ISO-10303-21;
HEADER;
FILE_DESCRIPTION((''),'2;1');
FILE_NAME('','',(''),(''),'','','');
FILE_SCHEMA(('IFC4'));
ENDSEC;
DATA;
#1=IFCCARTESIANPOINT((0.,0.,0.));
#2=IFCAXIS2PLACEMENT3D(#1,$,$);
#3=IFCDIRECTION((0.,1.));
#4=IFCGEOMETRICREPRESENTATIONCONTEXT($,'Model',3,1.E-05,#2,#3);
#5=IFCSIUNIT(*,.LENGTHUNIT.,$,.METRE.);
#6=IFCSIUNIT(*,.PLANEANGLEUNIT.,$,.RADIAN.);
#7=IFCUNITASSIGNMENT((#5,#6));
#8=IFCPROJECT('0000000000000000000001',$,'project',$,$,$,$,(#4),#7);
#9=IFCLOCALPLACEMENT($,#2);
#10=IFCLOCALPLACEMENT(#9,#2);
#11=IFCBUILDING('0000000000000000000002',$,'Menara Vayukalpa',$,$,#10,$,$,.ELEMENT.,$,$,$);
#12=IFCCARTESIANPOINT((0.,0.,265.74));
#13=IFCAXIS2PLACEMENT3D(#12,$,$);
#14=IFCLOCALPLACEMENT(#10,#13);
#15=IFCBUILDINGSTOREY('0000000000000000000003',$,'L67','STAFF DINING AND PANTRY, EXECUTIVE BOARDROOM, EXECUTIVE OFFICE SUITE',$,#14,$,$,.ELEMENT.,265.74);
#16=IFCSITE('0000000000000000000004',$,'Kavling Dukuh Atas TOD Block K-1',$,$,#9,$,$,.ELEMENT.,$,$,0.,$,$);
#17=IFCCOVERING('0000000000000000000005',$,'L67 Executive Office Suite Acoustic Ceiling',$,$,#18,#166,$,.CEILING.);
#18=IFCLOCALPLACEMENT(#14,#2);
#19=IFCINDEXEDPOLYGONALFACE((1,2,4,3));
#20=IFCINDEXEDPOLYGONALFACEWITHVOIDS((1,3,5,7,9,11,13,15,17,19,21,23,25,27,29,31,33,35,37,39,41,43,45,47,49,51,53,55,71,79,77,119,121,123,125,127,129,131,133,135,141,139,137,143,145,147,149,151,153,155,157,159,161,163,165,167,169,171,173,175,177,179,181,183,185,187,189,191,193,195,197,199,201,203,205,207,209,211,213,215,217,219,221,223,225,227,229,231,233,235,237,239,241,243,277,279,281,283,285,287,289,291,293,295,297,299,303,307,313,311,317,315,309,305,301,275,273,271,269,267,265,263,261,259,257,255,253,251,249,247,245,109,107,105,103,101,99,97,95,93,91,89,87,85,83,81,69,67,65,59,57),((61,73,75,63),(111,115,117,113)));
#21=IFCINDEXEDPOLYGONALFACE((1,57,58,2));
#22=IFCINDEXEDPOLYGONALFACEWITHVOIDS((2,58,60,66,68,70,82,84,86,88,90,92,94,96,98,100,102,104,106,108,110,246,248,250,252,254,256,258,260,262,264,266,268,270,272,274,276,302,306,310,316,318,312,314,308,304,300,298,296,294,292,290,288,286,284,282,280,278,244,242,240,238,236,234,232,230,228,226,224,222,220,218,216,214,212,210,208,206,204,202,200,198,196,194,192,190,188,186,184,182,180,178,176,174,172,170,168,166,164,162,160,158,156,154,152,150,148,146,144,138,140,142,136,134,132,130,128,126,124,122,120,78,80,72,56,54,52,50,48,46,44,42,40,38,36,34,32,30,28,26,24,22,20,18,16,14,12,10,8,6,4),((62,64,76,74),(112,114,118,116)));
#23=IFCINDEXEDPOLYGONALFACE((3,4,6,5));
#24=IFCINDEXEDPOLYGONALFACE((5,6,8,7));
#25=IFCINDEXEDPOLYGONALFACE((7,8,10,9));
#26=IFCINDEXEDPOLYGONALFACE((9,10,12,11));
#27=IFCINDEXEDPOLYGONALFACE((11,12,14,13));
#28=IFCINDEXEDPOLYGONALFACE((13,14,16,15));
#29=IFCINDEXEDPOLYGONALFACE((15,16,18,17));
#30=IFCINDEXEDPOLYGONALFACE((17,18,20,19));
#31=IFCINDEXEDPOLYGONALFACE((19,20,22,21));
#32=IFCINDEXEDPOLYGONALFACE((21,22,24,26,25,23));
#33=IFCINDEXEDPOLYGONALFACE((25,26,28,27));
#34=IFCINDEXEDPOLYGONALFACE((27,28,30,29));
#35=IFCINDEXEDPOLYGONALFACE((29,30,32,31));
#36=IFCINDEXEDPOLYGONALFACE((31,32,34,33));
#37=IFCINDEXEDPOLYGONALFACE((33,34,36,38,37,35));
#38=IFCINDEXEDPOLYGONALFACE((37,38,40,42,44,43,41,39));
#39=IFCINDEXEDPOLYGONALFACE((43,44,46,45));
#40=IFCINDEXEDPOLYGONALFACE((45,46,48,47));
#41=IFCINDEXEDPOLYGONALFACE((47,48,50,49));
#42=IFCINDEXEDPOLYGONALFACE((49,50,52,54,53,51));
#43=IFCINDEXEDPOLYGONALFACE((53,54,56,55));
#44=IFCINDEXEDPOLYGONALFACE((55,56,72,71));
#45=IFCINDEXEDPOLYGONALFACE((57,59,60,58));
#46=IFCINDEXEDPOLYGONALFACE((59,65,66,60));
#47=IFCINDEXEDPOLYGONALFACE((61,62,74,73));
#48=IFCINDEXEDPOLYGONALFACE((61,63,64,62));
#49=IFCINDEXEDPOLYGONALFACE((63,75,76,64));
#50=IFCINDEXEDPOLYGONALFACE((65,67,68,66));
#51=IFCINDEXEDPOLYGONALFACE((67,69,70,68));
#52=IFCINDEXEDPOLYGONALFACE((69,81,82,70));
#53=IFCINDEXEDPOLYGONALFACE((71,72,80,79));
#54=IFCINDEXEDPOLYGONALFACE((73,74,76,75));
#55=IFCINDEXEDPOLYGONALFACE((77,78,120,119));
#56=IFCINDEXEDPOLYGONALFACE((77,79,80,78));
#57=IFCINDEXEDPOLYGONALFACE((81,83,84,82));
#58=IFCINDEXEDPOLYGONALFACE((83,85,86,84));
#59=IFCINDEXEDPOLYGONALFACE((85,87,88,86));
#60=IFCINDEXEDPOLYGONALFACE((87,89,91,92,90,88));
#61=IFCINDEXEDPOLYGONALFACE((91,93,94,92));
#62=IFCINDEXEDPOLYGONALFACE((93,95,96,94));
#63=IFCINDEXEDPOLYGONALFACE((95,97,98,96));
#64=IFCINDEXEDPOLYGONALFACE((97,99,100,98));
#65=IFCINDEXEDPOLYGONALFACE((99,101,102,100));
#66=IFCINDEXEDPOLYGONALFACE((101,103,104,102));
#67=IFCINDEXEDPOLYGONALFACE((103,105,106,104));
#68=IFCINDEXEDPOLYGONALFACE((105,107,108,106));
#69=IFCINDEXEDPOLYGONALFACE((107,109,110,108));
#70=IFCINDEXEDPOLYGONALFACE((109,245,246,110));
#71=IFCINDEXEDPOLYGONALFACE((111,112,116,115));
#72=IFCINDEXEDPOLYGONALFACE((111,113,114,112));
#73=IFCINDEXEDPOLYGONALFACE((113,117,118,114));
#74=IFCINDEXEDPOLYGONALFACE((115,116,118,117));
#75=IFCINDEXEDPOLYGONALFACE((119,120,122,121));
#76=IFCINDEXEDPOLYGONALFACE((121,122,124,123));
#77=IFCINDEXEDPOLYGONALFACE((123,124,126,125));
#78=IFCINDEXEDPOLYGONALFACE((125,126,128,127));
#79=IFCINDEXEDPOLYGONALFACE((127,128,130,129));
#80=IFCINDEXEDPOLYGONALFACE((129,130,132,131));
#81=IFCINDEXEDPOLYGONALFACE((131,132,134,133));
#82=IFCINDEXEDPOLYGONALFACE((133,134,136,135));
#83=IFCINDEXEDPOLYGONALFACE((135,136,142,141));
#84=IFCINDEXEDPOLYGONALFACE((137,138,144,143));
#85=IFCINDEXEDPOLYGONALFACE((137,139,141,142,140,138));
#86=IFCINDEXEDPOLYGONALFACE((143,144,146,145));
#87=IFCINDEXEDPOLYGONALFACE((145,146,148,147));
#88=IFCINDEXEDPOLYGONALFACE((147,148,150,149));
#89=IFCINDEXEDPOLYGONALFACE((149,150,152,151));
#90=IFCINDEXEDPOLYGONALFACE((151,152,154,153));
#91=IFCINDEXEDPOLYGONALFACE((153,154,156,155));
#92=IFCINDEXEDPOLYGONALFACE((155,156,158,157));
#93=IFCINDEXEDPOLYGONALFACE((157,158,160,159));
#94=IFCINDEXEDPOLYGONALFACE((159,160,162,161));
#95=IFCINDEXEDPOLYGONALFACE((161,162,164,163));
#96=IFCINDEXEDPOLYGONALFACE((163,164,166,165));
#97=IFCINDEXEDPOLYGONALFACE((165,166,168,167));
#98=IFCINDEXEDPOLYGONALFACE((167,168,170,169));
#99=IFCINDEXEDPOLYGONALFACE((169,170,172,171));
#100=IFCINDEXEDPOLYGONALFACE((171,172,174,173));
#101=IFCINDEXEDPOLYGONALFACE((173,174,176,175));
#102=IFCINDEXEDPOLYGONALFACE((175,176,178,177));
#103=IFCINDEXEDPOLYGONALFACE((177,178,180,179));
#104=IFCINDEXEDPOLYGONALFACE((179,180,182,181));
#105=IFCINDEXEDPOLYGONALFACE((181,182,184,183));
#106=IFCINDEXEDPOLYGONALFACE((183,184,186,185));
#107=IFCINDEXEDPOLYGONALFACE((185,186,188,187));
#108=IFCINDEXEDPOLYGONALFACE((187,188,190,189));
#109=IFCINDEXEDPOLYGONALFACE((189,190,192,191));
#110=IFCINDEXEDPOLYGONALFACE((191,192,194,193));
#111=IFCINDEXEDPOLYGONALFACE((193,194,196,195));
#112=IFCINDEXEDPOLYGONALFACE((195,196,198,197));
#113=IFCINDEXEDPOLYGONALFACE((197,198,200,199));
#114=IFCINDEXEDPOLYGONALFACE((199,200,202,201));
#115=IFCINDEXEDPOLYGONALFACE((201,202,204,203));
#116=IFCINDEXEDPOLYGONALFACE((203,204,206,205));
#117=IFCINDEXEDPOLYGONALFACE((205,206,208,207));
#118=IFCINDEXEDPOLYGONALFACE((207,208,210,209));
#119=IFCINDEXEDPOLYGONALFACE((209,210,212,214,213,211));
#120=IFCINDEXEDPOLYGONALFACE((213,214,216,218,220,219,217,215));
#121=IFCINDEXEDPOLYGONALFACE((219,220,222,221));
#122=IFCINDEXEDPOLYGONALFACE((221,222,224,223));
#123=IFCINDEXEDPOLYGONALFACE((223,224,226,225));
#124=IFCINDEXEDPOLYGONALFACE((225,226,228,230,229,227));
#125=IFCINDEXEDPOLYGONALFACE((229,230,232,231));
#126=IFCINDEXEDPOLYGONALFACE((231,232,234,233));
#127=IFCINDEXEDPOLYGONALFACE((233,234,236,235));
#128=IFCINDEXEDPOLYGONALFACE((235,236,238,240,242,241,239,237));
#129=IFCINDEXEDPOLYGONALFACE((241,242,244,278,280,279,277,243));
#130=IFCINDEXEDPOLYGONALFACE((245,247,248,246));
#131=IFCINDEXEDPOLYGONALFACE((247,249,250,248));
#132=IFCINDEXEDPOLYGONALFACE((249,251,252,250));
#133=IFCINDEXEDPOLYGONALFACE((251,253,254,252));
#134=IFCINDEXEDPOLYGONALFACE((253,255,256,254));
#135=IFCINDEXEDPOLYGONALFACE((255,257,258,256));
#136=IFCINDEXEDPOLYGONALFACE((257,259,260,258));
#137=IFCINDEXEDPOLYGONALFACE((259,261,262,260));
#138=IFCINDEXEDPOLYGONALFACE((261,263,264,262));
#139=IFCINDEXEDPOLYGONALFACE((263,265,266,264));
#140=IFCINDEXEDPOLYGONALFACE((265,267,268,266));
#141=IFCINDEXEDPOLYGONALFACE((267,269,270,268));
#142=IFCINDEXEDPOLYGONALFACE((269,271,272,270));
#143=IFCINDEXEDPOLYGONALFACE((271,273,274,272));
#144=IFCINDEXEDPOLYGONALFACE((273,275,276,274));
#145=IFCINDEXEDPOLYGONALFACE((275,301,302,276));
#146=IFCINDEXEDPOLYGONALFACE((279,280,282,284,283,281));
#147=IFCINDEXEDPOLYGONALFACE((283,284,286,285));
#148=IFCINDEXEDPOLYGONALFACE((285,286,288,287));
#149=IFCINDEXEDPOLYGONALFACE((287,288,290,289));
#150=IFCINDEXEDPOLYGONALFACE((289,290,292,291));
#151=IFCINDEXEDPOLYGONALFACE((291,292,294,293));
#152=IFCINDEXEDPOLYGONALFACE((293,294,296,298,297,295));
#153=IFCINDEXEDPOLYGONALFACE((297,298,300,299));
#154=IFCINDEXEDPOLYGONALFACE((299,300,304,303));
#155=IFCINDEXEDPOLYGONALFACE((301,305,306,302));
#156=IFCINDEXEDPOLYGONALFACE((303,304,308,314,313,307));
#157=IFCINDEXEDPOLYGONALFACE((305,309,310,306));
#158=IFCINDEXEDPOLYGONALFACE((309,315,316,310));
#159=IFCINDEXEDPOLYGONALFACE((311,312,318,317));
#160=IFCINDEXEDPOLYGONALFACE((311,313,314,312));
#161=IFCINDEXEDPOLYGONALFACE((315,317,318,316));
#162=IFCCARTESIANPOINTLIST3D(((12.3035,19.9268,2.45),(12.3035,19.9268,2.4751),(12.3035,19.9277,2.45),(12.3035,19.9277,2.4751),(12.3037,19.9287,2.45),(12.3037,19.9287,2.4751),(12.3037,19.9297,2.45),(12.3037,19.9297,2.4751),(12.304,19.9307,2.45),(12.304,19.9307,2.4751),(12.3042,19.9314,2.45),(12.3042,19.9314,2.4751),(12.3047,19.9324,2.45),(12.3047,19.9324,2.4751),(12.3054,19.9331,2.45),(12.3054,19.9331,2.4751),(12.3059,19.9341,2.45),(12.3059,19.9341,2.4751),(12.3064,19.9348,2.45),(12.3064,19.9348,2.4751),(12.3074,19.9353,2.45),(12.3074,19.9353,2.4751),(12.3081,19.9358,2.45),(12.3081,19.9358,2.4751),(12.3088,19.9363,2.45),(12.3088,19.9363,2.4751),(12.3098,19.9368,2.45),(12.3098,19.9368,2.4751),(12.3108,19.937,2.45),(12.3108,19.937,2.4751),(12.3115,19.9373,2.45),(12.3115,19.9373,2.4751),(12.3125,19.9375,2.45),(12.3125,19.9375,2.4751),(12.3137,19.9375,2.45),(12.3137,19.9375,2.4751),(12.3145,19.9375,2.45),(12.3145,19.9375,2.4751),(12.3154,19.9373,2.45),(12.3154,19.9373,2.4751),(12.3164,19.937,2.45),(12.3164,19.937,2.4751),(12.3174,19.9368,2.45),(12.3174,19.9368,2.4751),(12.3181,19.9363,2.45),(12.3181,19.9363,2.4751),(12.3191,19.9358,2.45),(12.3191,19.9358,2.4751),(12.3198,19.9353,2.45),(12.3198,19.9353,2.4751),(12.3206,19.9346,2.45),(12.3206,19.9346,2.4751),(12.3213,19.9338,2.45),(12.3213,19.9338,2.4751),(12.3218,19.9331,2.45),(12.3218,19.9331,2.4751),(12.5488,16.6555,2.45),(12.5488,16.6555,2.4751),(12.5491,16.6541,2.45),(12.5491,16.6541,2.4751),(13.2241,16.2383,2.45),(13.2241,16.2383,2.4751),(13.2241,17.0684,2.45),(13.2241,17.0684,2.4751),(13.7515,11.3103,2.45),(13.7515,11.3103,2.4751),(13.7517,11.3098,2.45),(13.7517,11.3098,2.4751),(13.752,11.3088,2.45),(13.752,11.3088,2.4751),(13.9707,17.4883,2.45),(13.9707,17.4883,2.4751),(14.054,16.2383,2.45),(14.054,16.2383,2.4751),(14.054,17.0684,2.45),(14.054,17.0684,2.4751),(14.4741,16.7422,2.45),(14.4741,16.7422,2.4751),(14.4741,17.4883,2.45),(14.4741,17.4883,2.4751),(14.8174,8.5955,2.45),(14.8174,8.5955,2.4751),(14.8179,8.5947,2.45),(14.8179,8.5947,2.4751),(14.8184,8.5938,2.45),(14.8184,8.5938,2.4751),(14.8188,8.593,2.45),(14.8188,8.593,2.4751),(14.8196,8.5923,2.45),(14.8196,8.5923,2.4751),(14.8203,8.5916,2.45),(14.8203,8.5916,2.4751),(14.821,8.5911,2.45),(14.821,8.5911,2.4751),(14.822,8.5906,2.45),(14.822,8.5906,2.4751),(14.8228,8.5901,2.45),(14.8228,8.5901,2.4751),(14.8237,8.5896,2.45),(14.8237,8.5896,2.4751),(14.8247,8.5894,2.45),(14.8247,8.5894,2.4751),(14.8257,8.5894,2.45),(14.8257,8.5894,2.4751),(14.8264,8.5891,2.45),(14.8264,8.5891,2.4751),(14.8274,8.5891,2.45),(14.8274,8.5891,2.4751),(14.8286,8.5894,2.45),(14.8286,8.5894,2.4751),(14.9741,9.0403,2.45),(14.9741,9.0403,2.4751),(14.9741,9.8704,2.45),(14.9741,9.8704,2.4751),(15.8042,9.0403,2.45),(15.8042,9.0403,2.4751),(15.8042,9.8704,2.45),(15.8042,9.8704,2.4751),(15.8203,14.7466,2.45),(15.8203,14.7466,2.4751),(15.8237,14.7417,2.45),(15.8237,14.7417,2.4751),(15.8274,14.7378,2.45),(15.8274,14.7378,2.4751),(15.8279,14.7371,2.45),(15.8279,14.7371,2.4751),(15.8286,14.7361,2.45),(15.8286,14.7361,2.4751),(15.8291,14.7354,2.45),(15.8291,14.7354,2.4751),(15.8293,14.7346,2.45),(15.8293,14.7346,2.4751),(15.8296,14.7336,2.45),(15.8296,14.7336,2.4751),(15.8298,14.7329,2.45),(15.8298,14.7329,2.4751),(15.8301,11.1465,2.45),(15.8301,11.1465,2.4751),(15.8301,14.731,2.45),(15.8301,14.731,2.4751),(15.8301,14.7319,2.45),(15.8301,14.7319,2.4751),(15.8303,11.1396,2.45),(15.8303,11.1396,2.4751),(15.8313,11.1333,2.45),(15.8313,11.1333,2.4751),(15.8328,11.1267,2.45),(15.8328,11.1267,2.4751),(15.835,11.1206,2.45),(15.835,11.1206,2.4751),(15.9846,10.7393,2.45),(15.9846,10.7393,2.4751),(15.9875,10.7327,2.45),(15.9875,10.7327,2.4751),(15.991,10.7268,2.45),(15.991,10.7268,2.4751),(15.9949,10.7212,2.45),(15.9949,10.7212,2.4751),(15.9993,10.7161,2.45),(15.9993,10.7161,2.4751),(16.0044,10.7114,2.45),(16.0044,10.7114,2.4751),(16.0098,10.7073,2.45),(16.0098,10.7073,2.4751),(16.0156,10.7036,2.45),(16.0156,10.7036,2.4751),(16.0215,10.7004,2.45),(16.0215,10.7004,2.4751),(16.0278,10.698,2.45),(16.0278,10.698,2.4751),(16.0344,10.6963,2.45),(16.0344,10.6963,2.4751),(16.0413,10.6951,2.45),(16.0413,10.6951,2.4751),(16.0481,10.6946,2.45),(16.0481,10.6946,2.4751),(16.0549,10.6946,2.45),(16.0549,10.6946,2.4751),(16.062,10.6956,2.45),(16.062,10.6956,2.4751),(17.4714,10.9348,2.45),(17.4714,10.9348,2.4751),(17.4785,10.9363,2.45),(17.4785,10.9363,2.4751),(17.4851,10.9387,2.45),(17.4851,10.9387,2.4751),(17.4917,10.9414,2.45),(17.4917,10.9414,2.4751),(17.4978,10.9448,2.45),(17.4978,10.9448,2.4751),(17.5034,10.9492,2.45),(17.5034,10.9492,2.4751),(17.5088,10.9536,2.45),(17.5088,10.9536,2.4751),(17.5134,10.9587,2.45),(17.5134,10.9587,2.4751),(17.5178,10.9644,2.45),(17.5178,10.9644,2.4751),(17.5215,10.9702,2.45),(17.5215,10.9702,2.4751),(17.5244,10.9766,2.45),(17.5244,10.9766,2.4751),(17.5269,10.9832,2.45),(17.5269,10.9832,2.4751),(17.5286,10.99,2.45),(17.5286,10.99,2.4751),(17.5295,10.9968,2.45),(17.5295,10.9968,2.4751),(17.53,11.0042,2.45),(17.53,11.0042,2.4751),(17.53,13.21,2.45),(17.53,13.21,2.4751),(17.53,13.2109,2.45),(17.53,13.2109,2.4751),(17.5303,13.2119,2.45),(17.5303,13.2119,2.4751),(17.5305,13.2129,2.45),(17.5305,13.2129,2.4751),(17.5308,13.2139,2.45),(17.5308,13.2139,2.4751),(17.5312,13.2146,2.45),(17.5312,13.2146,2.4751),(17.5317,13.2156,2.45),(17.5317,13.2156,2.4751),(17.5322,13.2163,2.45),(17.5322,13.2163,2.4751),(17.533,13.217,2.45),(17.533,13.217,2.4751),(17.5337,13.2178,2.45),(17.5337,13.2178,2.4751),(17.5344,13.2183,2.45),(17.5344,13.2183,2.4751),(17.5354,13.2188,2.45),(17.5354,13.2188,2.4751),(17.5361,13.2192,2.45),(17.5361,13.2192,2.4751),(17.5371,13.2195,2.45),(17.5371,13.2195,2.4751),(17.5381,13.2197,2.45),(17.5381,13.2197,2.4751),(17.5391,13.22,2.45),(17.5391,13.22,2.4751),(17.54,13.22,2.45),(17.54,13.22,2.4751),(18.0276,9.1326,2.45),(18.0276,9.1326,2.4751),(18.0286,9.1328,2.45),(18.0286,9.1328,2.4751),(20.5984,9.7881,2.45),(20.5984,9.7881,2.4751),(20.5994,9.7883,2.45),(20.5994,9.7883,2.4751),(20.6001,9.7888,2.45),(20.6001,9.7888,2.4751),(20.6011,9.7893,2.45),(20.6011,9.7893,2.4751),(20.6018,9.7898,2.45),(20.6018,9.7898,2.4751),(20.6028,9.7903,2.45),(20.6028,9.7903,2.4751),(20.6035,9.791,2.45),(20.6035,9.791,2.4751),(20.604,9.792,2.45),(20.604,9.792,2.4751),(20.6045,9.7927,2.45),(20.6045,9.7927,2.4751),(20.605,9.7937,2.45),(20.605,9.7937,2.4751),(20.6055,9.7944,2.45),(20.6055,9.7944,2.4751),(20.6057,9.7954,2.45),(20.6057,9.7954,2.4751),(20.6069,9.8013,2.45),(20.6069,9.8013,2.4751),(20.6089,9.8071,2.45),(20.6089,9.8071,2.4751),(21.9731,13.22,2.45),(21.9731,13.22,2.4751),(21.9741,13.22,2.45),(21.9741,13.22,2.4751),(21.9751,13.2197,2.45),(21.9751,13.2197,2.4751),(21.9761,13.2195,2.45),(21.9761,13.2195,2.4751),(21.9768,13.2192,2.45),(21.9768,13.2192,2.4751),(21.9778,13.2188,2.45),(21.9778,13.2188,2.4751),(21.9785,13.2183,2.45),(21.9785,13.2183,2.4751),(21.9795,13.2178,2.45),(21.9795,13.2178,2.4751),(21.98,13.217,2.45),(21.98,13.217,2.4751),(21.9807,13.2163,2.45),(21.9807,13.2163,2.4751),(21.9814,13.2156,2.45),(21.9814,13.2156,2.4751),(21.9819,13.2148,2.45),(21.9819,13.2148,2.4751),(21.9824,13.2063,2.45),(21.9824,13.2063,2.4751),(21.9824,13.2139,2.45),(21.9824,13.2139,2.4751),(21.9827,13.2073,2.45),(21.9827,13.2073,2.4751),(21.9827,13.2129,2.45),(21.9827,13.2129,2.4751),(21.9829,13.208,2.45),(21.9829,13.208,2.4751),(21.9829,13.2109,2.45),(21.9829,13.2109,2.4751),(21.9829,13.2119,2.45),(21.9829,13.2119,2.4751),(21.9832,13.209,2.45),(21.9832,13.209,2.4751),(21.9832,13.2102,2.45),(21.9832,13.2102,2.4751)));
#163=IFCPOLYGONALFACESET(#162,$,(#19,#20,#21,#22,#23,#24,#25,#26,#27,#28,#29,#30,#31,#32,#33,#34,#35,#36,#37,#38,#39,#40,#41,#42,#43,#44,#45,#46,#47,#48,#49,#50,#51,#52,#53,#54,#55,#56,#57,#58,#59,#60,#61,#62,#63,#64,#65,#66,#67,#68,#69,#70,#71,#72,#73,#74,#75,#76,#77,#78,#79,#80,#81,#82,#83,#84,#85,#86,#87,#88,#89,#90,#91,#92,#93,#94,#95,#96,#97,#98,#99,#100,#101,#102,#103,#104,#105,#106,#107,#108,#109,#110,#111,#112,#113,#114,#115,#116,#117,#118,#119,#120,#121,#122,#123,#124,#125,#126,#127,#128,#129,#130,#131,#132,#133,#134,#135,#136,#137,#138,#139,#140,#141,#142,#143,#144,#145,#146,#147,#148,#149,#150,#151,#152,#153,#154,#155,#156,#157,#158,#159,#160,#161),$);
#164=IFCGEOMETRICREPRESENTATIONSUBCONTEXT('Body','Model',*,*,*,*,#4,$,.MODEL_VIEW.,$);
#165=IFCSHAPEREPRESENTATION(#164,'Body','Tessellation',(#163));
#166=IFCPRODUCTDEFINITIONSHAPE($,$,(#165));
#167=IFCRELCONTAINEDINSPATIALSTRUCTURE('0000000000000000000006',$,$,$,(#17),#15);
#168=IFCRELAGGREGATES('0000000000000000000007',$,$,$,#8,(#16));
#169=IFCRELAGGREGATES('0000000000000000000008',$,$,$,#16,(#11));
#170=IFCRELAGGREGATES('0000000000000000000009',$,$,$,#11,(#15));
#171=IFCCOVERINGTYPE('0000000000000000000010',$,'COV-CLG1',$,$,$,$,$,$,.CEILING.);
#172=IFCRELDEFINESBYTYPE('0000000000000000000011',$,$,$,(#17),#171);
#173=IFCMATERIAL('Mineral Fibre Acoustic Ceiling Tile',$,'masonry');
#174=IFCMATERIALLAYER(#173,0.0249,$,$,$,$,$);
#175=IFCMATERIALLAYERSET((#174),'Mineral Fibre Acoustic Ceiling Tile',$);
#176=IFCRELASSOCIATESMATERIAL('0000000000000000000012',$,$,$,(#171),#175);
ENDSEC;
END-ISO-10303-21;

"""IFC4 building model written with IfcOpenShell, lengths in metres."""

from ifc_helpers import new_model, si_unit, direction, frame, origin, place, context, subcontext, project, spatial, polyline, outline, extrude, material, layer, layer_set, type_object, element, save


model = new_model("IFC4")

# Units and contexts
model_context = context("Model", 3, precision=1e-05, world=origin(), true_north=direction((0.0, 1.0)))
body_context = subcontext(model_context, "Body", "Model", "MODEL_VIEW")
ifc_project = project(units=[si_unit("LENGTHUNIT", "METRE"), si_unit("PLANEANGLEUNIT", "RADIAN")], contexts=[model_context])

# Site, building, storey
site_placement = place(None, origin())
site = spatial("IfcSite", under=ifc_project, at=site_placement, Name="Kavling Dukuh Atas TOD Block K-1", CompositionType="ELEMENT", RefElevation=0.0)
building_placement = place(site_placement, origin())
building = spatial("IfcBuilding", under=site, at=building_placement, Name="Menara Vayukalpa", CompositionType="ELEMENT")
storey_placement = place(building_placement, frame((0.0, 0.0, 265.74)))
storey = spatial("IfcBuildingStorey", under=building, at=storey_placement, Name="L67", Description="STAFF DINING AND PANTRY, EXECUTIVE BOARDROOM, EXECUTIVE OFFICE SUITE", CompositionType="ELEMENT", Elevation=265.74)

# Covering
ifc_material_1 = material(Name="Mineral Fibre Acoustic Ceiling Tile", Category="masonry")
ifc_layer_1 = layer(ifc_material_1, 0.0249)
ifc_layer_set_1 = layer_set([ifc_layer_1], Name="Mineral Fibre Acoustic Ceiling Tile")
covering_type_1 = type_object("IfcCoveringType", Name="COV-CLG1", PredefinedType="CEILING", material=ifc_layer_set_1)
covering_1_placement = place(storey_placement, frame((0.0, 0.0, 2.45)))
element("IfcCovering", 1, at=covering_1_placement, inside=storey, type_object=covering_type_1, Name="L67 Executive Office Suite Acoustic Ceiling", PredefinedType="CEILING", context=body_context, shape_type="SweptSolid", body=[
    extrude(outline(polyline([(14.8274, 8.5891), (14.8264, 8.5891), (14.8257, 8.5894), (14.8247, 8.5894), (14.8237, 8.5896), (14.8228, 8.5901), (14.822, 8.5906), (14.821, 8.5911), (14.8203, 8.5916), (14.8196, 8.5923), (14.8188, 8.593), (14.8184, 8.5938), (14.8179, 8.5947), (14.8174, 8.5955), (13.752, 11.3088), (13.7517, 11.3098), (13.7515, 11.3103), (12.5491, 16.6541), (12.5488, 16.6555), (12.3035, 19.9268), (12.3035, 19.9277), (12.3037, 19.9287), (12.3037, 19.9297), (12.304, 19.9307), (12.3042, 19.9314), (12.3047, 19.9324), (12.3054, 19.9331), (12.3059, 19.9341), (12.3064, 19.9348), (12.3074, 19.9353), (12.3081, 19.9358), (12.3088, 19.9363), (12.3098, 19.9368), (12.3108, 19.937), (12.3115, 19.9373), (12.3125, 19.9375), (12.3137, 19.9375), (12.3145, 19.9375), (12.3154, 19.9373), (12.3164, 19.937), (12.3174, 19.9368), (12.3181, 19.9363), (12.3191, 19.9358), (12.3198, 19.9353), (12.3206, 19.9346), (12.3213, 19.9338), (12.3218, 19.9331), (13.9707, 17.4883), (14.4741, 17.4883), (14.4741, 16.7422), (15.8203, 14.7466), (15.8237, 14.7417), (15.8274, 14.7378), (15.8279, 14.7371), (15.8286, 14.7361), (15.8291, 14.7354), (15.8293, 14.7346), (15.8296, 14.7336), (15.8298, 14.7329), (15.8301, 14.7319), (15.8301, 14.731), (15.8301, 11.1465), (15.8303, 11.1396), (15.8313, 11.1333), (15.8328, 11.1267), (15.835, 11.1206), (15.9846, 10.7393), (15.9875, 10.7327), (15.991, 10.7268), (15.9949, 10.7212), (15.9993, 10.7161), (16.0044, 10.7114), (16.0098, 10.7073), (16.0156, 10.7036), (16.0215, 10.7004), (16.0278, 10.698), (16.0344, 10.6963), (16.0413, 10.6951), (16.0481, 10.6946), (16.0549, 10.6946), (16.062, 10.6956), (17.4714, 10.9348), (17.4785, 10.9363), (17.4851, 10.9387), (17.4917, 10.9414), (17.4978, 10.9448), (17.5034, 10.9492), (17.5088, 10.9536), (17.5134, 10.9587), (17.5178, 10.9644), (17.5215, 10.9702), (17.5244, 10.9766), (17.5269, 10.9832), (17.5286, 10.99), (17.5295, 10.9968), (17.53, 11.0042), (17.53, 13.21), (17.53, 13.2109), (17.5303, 13.2119), (17.5305, 13.2129), (17.5308, 13.2139), (17.5312, 13.2146), (17.5317, 13.2156), (17.5322, 13.2163), (17.533, 13.217), (17.5337, 13.2178), (17.5344, 13.2183), (17.5354, 13.2188), (17.5361, 13.2192), (17.5371, 13.2195), (17.5381, 13.2197), (17.5391, 13.22), (17.54, 13.22), (21.9731, 13.22), (21.9741, 13.22), (21.9751, 13.2197), (21.9761, 13.2195), (21.9768, 13.2192), (21.9778, 13.2188), (21.9785, 13.2183), (21.9795, 13.2178), (21.98, 13.217), (21.9807, 13.2163), (21.9814, 13.2156), (21.9819, 13.2148), (21.9824, 13.2139), (21.9827, 13.2129), (21.9829, 13.2119), (21.9829, 13.2109), (21.9832, 13.2102), (21.9832, 13.209), (21.9829, 13.208), (21.9827, 13.2073), (21.9824, 13.2063), (20.6089, 9.8071), (20.6069, 9.8013), (20.6057, 9.7954), (20.6055, 9.7944), (20.605, 9.7937), (20.6045, 9.7927), (20.604, 9.792), (20.6035, 9.791), (20.6028, 9.7903), (20.6018, 9.7898), (20.6011, 9.7893), (20.6001, 9.7888), (20.5994, 9.7883), (20.5984, 9.7881), (18.0286, 9.1328), (18.0276, 9.1326), (14.8286, 8.5894), (14.8274, 8.5891)]), holes=[polyline([(14.9741, 9.8704), (14.9741, 9.0403), (15.8042, 9.0403), (15.8042, 9.8704), (14.9741, 9.8704)]), polyline([(14.054, 17.0684), (13.2241, 17.0684), (13.2241, 16.2383), (14.054, 16.2383), (14.054, 17.0684)])]), origin(), (0.0, 0.0, 1.0), 0.0251),
])

save(model, "model.ifc")
